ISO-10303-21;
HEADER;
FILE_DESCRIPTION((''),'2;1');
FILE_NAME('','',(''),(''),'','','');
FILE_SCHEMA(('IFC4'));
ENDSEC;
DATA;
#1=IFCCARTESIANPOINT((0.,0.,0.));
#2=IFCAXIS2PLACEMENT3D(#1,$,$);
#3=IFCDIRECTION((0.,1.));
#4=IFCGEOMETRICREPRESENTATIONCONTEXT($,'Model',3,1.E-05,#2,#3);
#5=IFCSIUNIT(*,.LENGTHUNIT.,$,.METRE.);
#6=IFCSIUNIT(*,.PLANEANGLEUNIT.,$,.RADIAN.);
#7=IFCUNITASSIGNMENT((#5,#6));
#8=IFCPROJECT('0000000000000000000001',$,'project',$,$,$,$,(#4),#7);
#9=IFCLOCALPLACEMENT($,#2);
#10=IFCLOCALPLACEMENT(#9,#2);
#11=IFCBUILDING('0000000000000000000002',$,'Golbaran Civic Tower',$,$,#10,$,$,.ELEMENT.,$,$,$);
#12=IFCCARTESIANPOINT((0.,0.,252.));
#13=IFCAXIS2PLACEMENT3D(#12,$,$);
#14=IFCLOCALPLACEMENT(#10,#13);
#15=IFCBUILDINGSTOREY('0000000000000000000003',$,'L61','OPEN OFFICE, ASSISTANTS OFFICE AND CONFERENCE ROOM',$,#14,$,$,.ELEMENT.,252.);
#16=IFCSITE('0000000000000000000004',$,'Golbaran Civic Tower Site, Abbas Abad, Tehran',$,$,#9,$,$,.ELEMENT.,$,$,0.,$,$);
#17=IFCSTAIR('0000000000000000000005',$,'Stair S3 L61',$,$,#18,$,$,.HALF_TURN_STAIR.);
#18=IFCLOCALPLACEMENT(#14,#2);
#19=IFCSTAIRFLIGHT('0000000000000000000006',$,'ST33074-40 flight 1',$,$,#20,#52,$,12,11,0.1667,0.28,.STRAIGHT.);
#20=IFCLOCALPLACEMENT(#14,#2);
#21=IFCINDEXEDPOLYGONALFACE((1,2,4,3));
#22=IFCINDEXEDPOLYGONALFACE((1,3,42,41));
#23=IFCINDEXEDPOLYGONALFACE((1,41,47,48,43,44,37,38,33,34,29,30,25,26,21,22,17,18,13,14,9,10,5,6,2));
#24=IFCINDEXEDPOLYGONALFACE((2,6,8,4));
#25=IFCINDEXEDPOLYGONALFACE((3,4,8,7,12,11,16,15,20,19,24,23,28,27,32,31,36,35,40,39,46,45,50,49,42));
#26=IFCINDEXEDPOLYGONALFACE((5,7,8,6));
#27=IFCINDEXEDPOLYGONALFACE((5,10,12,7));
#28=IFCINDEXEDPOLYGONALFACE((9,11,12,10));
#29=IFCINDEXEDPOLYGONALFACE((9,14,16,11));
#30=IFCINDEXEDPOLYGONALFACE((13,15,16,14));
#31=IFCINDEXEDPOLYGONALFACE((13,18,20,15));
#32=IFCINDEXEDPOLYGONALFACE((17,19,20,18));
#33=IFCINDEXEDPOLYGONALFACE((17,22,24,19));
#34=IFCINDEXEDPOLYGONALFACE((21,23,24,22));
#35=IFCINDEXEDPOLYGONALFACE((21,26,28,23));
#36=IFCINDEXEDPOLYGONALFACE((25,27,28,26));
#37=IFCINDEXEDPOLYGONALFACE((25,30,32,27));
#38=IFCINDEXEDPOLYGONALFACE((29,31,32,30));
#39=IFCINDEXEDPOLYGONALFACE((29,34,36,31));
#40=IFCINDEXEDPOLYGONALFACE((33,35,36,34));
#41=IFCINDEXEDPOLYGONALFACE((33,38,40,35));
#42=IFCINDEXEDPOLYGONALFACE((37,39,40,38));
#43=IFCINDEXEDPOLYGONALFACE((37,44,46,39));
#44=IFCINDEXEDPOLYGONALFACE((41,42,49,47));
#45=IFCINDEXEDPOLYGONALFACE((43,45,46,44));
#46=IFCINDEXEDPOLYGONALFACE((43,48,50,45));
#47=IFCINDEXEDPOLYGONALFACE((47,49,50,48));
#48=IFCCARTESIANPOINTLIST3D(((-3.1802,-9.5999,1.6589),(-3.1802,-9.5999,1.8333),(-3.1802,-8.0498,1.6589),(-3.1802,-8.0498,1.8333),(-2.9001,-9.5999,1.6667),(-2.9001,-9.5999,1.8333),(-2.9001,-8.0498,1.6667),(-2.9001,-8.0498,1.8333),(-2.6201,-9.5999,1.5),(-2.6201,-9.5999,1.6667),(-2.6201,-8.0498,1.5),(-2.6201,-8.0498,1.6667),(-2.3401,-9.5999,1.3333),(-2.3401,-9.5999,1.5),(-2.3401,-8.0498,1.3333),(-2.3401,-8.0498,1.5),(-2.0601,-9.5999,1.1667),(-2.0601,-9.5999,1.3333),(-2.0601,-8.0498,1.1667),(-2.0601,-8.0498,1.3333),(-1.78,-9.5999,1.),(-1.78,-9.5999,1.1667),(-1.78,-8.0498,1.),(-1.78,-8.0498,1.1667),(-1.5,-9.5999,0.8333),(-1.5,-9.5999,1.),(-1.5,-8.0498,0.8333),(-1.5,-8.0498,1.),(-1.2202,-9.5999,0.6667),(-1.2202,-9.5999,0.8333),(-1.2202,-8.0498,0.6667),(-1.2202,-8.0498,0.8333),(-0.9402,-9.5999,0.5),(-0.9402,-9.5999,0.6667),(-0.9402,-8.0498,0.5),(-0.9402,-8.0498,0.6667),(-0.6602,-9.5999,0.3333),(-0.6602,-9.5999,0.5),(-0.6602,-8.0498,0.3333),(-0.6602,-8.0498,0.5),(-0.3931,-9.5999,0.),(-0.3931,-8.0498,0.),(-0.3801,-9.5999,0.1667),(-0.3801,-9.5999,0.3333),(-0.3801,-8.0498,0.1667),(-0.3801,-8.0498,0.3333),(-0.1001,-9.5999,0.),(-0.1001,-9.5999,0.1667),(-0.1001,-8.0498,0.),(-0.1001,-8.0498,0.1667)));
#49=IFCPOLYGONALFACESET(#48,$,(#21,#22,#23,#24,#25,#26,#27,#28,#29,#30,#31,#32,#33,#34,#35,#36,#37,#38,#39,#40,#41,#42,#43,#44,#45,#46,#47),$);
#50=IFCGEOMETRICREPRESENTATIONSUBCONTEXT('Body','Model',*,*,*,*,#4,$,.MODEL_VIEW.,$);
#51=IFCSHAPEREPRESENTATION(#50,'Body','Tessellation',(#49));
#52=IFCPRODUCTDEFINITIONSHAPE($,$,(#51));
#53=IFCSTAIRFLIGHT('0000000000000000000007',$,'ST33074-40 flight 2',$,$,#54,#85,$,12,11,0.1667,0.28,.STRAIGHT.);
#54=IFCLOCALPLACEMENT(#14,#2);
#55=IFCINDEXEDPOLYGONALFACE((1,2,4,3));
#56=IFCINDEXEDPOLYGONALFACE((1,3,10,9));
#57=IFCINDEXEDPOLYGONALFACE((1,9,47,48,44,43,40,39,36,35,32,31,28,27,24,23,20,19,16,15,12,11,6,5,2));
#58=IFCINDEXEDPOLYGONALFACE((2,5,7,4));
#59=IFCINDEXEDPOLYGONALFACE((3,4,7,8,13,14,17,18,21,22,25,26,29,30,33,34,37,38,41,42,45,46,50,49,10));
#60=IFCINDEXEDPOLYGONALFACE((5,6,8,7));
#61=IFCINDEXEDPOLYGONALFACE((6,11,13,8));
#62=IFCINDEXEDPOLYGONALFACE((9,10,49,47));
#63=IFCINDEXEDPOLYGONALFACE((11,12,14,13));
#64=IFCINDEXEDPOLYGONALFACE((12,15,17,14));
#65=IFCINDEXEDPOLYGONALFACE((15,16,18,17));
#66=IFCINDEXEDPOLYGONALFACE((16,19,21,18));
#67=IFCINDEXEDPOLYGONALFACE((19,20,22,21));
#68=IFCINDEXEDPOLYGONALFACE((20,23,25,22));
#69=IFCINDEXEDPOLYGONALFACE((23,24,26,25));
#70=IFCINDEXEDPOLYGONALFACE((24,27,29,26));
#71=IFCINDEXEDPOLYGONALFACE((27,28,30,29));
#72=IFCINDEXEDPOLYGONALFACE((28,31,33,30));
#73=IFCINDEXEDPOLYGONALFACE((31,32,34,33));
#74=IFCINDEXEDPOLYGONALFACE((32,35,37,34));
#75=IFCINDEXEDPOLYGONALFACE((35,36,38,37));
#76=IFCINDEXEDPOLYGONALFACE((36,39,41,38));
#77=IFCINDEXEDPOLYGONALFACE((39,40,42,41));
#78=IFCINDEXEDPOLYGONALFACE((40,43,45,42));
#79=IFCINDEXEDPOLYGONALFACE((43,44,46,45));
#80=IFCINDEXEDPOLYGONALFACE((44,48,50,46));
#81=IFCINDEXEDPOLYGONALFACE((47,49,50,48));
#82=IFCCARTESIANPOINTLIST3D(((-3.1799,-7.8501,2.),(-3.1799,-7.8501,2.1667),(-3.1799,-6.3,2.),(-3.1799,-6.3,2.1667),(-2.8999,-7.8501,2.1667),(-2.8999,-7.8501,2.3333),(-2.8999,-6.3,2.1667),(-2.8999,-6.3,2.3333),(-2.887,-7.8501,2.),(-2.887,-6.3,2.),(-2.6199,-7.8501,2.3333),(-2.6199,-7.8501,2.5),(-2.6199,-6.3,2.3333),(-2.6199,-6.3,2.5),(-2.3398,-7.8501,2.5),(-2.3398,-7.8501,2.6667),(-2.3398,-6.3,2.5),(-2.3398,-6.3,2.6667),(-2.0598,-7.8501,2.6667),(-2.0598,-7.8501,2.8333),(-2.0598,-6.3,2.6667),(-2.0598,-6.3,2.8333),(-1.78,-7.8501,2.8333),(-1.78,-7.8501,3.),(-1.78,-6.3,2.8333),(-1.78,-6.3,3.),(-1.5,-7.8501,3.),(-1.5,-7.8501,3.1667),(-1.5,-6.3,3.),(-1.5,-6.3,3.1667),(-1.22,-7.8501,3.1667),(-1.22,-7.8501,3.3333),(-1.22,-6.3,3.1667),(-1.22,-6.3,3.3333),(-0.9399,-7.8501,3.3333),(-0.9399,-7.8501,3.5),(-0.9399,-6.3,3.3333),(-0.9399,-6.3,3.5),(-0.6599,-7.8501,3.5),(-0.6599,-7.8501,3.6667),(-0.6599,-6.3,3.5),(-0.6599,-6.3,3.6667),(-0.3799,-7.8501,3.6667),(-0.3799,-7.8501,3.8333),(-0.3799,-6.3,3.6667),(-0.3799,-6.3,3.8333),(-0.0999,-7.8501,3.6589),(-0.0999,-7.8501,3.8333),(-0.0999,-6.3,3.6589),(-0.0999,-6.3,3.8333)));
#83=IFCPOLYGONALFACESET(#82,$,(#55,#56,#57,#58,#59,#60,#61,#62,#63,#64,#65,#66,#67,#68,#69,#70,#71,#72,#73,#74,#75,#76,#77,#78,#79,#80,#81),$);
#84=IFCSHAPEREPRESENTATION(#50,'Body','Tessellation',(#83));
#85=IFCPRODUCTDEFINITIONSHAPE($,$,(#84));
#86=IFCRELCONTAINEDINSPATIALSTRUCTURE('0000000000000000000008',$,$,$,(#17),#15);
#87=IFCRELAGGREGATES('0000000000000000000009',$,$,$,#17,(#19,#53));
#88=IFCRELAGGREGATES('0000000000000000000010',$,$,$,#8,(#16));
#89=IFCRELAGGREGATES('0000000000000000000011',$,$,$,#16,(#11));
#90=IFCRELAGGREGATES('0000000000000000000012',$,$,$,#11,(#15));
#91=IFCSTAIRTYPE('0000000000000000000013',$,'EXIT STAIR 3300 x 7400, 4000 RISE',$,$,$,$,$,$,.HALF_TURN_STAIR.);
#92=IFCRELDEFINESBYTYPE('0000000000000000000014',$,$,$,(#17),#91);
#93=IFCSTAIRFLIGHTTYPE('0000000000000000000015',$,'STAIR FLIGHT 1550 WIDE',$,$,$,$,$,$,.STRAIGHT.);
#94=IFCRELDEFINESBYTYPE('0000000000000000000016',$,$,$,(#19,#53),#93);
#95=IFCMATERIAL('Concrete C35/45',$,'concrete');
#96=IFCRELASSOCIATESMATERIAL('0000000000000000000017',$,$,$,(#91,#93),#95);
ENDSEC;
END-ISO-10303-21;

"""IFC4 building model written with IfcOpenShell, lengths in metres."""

from ifc_helpers import new_model, si_unit, direction, frame, origin, place, context, subcontext, project, spatial, polyline, outline, extrude, material, type_object, element, aggregate, save


model = new_model("IFC4")

# Units and contexts
model_context = context("Model", 3, precision=1e-05, world=origin(), true_north=direction((0.0, 1.0)))
body_context = subcontext(model_context, "Body", "Model", "MODEL_VIEW")
ifc_project = project(units=[si_unit("LENGTHUNIT", "METRE"), si_unit("PLANEANGLEUNIT", "RADIAN")], contexts=[model_context])

# Site, building, storey
site_placement = place(None, origin())
site = spatial("IfcSite", under=ifc_project, at=site_placement, Name="Golbaran Civic Tower Site, Abbas Abad, Tehran", CompositionType="ELEMENT", RefElevation=0.0)
building_placement = place(site_placement, origin())
building = spatial("IfcBuilding", under=site, at=building_placement, Name="Golbaran Civic Tower", CompositionType="ELEMENT")
storey_placement = place(building_placement, frame((0.0, 0.0, 252.0)))
storey = spatial("IfcBuildingStorey", under=building, at=storey_placement, Name="L61", Description="OPEN OFFICE, ASSISTANTS OFFICE AND CONFERENCE ROOM", CompositionType="ELEMENT", Elevation=252.0)

# Shared definitions
ifc_material_1 = material(Name="Concrete C35/45", Category="concrete")

# Stair, stair flights
stair_type = type_object("IfcStairType", Name="EXIT STAIR 3300 x 7400, 4000 RISE", PredefinedType="HALF_TURN_STAIR", material=ifc_material_1)
stair_placement = place(storey_placement, origin())
stair = element("IfcStair", 1, at=stair_placement, inside=storey, type_object=stair_type, Name="Stair S3 L61", PredefinedType="HALF_TURN_STAIR")
stair_flight_type = type_object("IfcStairFlightType", Name="STAIR FLIGHT 1550 WIDE", PredefinedType="STRAIGHT", material=ifc_material_1)
stair_flight_1_placement = place(storey_placement, frame((-0.1001, -8.825, 0.0), z_axis=(0.0, 0.0, 1.0), x_axis=(-1.0, 0.0, 0.0)))
stair_flight_1 = element("IfcStairFlight", 2, at=stair_flight_1_placement, type_object=stair_flight_type, Name="ST33074-40 flight 1", NumberOfRisers=12, NumberOfTreads=11, PredefinedType="STRAIGHT", RiserHeight=0.1667, TreadLength=0.28, context=body_context, shape_type="SweptSolid", body=[
    extrude(outline(polyline([(0.0, 0.0), (0.0, 0.1667), (0.28, 0.1667), (0.28, 0.3333), (0.5601, 0.3333), (0.5601, 0.5), (0.8401, 0.5), (0.8401, 0.6667), (1.1201, 0.6667), (1.1201, 0.8333), (1.3999, 0.8333), (1.3999, 1.0), (1.6799, 1.0), (1.6799, 1.1667), (1.96, 1.1667), (1.96, 1.3333), (2.24, 1.3333), (2.24, 1.5), (2.52, 1.5), (2.52, 1.6667), (2.8, 1.6667), (2.8, 1.8333), (3.0801, 1.8333), (3.0801, 2.0), (3.0801, 1.6589), (0.293, 0.0), (0.0, 0.0)])), frame((0.0, 0.7749, 0.0), z_axis=(0.0, -1.0, 0.0), x_axis=(1.0, 0.0, 0.0)), (0.0, 0.0, 1.0), 1.55),
])
stair_flight_2_placement = place(storey_placement, frame((-3.1799, -7.075, 2.0), z_axis=(0.0, 0.0, 1.0), x_axis=(1.0, 0.0, 0.0)))
stair_flight_2 = element("IfcStairFlight", 3, at=stair_flight_2_placement, type_object=stair_flight_type, Name="ST33074-40 flight 2", NumberOfRisers=12, NumberOfTreads=11, PredefinedType="STRAIGHT", RiserHeight=0.1667, TreadLength=0.28, context=body_context, shape_type="SweptSolid", body=[
    extrude(outline(polyline([(0.0, 0.0), (0.0, 0.1667), (0.28, 0.1667), (0.28, 0.3333), (0.5601, 0.3333), (0.5601, 0.5), (0.8401, 0.5), (0.8401, 0.6667), (1.1201, 0.6667), (1.1201, 0.8333), (1.3999, 0.8333), (1.3999, 1.0), (1.6799, 1.0), (1.6799, 1.1667), (1.96, 1.1667), (1.96, 1.3333), (2.24, 1.3333), (2.24, 1.5), (2.52, 1.5), (2.52, 1.6667), (2.8, 1.6667), (2.8, 1.8333), (3.0801, 1.8333), (3.0801, 2.0), (3.0801, 1.6589), (0.293, 0.0), (0.0, 0.0)])), frame((0.0, 0.7749, 0.0), z_axis=(0.0, -1.0, 0.0), x_axis=(1.0, 0.0, 0.0)), (0.0, 0.0, 1.0), 1.55),
])
aggregate(stair, [stair_flight_1, stair_flight_2])

save(model, "model.ifc")
